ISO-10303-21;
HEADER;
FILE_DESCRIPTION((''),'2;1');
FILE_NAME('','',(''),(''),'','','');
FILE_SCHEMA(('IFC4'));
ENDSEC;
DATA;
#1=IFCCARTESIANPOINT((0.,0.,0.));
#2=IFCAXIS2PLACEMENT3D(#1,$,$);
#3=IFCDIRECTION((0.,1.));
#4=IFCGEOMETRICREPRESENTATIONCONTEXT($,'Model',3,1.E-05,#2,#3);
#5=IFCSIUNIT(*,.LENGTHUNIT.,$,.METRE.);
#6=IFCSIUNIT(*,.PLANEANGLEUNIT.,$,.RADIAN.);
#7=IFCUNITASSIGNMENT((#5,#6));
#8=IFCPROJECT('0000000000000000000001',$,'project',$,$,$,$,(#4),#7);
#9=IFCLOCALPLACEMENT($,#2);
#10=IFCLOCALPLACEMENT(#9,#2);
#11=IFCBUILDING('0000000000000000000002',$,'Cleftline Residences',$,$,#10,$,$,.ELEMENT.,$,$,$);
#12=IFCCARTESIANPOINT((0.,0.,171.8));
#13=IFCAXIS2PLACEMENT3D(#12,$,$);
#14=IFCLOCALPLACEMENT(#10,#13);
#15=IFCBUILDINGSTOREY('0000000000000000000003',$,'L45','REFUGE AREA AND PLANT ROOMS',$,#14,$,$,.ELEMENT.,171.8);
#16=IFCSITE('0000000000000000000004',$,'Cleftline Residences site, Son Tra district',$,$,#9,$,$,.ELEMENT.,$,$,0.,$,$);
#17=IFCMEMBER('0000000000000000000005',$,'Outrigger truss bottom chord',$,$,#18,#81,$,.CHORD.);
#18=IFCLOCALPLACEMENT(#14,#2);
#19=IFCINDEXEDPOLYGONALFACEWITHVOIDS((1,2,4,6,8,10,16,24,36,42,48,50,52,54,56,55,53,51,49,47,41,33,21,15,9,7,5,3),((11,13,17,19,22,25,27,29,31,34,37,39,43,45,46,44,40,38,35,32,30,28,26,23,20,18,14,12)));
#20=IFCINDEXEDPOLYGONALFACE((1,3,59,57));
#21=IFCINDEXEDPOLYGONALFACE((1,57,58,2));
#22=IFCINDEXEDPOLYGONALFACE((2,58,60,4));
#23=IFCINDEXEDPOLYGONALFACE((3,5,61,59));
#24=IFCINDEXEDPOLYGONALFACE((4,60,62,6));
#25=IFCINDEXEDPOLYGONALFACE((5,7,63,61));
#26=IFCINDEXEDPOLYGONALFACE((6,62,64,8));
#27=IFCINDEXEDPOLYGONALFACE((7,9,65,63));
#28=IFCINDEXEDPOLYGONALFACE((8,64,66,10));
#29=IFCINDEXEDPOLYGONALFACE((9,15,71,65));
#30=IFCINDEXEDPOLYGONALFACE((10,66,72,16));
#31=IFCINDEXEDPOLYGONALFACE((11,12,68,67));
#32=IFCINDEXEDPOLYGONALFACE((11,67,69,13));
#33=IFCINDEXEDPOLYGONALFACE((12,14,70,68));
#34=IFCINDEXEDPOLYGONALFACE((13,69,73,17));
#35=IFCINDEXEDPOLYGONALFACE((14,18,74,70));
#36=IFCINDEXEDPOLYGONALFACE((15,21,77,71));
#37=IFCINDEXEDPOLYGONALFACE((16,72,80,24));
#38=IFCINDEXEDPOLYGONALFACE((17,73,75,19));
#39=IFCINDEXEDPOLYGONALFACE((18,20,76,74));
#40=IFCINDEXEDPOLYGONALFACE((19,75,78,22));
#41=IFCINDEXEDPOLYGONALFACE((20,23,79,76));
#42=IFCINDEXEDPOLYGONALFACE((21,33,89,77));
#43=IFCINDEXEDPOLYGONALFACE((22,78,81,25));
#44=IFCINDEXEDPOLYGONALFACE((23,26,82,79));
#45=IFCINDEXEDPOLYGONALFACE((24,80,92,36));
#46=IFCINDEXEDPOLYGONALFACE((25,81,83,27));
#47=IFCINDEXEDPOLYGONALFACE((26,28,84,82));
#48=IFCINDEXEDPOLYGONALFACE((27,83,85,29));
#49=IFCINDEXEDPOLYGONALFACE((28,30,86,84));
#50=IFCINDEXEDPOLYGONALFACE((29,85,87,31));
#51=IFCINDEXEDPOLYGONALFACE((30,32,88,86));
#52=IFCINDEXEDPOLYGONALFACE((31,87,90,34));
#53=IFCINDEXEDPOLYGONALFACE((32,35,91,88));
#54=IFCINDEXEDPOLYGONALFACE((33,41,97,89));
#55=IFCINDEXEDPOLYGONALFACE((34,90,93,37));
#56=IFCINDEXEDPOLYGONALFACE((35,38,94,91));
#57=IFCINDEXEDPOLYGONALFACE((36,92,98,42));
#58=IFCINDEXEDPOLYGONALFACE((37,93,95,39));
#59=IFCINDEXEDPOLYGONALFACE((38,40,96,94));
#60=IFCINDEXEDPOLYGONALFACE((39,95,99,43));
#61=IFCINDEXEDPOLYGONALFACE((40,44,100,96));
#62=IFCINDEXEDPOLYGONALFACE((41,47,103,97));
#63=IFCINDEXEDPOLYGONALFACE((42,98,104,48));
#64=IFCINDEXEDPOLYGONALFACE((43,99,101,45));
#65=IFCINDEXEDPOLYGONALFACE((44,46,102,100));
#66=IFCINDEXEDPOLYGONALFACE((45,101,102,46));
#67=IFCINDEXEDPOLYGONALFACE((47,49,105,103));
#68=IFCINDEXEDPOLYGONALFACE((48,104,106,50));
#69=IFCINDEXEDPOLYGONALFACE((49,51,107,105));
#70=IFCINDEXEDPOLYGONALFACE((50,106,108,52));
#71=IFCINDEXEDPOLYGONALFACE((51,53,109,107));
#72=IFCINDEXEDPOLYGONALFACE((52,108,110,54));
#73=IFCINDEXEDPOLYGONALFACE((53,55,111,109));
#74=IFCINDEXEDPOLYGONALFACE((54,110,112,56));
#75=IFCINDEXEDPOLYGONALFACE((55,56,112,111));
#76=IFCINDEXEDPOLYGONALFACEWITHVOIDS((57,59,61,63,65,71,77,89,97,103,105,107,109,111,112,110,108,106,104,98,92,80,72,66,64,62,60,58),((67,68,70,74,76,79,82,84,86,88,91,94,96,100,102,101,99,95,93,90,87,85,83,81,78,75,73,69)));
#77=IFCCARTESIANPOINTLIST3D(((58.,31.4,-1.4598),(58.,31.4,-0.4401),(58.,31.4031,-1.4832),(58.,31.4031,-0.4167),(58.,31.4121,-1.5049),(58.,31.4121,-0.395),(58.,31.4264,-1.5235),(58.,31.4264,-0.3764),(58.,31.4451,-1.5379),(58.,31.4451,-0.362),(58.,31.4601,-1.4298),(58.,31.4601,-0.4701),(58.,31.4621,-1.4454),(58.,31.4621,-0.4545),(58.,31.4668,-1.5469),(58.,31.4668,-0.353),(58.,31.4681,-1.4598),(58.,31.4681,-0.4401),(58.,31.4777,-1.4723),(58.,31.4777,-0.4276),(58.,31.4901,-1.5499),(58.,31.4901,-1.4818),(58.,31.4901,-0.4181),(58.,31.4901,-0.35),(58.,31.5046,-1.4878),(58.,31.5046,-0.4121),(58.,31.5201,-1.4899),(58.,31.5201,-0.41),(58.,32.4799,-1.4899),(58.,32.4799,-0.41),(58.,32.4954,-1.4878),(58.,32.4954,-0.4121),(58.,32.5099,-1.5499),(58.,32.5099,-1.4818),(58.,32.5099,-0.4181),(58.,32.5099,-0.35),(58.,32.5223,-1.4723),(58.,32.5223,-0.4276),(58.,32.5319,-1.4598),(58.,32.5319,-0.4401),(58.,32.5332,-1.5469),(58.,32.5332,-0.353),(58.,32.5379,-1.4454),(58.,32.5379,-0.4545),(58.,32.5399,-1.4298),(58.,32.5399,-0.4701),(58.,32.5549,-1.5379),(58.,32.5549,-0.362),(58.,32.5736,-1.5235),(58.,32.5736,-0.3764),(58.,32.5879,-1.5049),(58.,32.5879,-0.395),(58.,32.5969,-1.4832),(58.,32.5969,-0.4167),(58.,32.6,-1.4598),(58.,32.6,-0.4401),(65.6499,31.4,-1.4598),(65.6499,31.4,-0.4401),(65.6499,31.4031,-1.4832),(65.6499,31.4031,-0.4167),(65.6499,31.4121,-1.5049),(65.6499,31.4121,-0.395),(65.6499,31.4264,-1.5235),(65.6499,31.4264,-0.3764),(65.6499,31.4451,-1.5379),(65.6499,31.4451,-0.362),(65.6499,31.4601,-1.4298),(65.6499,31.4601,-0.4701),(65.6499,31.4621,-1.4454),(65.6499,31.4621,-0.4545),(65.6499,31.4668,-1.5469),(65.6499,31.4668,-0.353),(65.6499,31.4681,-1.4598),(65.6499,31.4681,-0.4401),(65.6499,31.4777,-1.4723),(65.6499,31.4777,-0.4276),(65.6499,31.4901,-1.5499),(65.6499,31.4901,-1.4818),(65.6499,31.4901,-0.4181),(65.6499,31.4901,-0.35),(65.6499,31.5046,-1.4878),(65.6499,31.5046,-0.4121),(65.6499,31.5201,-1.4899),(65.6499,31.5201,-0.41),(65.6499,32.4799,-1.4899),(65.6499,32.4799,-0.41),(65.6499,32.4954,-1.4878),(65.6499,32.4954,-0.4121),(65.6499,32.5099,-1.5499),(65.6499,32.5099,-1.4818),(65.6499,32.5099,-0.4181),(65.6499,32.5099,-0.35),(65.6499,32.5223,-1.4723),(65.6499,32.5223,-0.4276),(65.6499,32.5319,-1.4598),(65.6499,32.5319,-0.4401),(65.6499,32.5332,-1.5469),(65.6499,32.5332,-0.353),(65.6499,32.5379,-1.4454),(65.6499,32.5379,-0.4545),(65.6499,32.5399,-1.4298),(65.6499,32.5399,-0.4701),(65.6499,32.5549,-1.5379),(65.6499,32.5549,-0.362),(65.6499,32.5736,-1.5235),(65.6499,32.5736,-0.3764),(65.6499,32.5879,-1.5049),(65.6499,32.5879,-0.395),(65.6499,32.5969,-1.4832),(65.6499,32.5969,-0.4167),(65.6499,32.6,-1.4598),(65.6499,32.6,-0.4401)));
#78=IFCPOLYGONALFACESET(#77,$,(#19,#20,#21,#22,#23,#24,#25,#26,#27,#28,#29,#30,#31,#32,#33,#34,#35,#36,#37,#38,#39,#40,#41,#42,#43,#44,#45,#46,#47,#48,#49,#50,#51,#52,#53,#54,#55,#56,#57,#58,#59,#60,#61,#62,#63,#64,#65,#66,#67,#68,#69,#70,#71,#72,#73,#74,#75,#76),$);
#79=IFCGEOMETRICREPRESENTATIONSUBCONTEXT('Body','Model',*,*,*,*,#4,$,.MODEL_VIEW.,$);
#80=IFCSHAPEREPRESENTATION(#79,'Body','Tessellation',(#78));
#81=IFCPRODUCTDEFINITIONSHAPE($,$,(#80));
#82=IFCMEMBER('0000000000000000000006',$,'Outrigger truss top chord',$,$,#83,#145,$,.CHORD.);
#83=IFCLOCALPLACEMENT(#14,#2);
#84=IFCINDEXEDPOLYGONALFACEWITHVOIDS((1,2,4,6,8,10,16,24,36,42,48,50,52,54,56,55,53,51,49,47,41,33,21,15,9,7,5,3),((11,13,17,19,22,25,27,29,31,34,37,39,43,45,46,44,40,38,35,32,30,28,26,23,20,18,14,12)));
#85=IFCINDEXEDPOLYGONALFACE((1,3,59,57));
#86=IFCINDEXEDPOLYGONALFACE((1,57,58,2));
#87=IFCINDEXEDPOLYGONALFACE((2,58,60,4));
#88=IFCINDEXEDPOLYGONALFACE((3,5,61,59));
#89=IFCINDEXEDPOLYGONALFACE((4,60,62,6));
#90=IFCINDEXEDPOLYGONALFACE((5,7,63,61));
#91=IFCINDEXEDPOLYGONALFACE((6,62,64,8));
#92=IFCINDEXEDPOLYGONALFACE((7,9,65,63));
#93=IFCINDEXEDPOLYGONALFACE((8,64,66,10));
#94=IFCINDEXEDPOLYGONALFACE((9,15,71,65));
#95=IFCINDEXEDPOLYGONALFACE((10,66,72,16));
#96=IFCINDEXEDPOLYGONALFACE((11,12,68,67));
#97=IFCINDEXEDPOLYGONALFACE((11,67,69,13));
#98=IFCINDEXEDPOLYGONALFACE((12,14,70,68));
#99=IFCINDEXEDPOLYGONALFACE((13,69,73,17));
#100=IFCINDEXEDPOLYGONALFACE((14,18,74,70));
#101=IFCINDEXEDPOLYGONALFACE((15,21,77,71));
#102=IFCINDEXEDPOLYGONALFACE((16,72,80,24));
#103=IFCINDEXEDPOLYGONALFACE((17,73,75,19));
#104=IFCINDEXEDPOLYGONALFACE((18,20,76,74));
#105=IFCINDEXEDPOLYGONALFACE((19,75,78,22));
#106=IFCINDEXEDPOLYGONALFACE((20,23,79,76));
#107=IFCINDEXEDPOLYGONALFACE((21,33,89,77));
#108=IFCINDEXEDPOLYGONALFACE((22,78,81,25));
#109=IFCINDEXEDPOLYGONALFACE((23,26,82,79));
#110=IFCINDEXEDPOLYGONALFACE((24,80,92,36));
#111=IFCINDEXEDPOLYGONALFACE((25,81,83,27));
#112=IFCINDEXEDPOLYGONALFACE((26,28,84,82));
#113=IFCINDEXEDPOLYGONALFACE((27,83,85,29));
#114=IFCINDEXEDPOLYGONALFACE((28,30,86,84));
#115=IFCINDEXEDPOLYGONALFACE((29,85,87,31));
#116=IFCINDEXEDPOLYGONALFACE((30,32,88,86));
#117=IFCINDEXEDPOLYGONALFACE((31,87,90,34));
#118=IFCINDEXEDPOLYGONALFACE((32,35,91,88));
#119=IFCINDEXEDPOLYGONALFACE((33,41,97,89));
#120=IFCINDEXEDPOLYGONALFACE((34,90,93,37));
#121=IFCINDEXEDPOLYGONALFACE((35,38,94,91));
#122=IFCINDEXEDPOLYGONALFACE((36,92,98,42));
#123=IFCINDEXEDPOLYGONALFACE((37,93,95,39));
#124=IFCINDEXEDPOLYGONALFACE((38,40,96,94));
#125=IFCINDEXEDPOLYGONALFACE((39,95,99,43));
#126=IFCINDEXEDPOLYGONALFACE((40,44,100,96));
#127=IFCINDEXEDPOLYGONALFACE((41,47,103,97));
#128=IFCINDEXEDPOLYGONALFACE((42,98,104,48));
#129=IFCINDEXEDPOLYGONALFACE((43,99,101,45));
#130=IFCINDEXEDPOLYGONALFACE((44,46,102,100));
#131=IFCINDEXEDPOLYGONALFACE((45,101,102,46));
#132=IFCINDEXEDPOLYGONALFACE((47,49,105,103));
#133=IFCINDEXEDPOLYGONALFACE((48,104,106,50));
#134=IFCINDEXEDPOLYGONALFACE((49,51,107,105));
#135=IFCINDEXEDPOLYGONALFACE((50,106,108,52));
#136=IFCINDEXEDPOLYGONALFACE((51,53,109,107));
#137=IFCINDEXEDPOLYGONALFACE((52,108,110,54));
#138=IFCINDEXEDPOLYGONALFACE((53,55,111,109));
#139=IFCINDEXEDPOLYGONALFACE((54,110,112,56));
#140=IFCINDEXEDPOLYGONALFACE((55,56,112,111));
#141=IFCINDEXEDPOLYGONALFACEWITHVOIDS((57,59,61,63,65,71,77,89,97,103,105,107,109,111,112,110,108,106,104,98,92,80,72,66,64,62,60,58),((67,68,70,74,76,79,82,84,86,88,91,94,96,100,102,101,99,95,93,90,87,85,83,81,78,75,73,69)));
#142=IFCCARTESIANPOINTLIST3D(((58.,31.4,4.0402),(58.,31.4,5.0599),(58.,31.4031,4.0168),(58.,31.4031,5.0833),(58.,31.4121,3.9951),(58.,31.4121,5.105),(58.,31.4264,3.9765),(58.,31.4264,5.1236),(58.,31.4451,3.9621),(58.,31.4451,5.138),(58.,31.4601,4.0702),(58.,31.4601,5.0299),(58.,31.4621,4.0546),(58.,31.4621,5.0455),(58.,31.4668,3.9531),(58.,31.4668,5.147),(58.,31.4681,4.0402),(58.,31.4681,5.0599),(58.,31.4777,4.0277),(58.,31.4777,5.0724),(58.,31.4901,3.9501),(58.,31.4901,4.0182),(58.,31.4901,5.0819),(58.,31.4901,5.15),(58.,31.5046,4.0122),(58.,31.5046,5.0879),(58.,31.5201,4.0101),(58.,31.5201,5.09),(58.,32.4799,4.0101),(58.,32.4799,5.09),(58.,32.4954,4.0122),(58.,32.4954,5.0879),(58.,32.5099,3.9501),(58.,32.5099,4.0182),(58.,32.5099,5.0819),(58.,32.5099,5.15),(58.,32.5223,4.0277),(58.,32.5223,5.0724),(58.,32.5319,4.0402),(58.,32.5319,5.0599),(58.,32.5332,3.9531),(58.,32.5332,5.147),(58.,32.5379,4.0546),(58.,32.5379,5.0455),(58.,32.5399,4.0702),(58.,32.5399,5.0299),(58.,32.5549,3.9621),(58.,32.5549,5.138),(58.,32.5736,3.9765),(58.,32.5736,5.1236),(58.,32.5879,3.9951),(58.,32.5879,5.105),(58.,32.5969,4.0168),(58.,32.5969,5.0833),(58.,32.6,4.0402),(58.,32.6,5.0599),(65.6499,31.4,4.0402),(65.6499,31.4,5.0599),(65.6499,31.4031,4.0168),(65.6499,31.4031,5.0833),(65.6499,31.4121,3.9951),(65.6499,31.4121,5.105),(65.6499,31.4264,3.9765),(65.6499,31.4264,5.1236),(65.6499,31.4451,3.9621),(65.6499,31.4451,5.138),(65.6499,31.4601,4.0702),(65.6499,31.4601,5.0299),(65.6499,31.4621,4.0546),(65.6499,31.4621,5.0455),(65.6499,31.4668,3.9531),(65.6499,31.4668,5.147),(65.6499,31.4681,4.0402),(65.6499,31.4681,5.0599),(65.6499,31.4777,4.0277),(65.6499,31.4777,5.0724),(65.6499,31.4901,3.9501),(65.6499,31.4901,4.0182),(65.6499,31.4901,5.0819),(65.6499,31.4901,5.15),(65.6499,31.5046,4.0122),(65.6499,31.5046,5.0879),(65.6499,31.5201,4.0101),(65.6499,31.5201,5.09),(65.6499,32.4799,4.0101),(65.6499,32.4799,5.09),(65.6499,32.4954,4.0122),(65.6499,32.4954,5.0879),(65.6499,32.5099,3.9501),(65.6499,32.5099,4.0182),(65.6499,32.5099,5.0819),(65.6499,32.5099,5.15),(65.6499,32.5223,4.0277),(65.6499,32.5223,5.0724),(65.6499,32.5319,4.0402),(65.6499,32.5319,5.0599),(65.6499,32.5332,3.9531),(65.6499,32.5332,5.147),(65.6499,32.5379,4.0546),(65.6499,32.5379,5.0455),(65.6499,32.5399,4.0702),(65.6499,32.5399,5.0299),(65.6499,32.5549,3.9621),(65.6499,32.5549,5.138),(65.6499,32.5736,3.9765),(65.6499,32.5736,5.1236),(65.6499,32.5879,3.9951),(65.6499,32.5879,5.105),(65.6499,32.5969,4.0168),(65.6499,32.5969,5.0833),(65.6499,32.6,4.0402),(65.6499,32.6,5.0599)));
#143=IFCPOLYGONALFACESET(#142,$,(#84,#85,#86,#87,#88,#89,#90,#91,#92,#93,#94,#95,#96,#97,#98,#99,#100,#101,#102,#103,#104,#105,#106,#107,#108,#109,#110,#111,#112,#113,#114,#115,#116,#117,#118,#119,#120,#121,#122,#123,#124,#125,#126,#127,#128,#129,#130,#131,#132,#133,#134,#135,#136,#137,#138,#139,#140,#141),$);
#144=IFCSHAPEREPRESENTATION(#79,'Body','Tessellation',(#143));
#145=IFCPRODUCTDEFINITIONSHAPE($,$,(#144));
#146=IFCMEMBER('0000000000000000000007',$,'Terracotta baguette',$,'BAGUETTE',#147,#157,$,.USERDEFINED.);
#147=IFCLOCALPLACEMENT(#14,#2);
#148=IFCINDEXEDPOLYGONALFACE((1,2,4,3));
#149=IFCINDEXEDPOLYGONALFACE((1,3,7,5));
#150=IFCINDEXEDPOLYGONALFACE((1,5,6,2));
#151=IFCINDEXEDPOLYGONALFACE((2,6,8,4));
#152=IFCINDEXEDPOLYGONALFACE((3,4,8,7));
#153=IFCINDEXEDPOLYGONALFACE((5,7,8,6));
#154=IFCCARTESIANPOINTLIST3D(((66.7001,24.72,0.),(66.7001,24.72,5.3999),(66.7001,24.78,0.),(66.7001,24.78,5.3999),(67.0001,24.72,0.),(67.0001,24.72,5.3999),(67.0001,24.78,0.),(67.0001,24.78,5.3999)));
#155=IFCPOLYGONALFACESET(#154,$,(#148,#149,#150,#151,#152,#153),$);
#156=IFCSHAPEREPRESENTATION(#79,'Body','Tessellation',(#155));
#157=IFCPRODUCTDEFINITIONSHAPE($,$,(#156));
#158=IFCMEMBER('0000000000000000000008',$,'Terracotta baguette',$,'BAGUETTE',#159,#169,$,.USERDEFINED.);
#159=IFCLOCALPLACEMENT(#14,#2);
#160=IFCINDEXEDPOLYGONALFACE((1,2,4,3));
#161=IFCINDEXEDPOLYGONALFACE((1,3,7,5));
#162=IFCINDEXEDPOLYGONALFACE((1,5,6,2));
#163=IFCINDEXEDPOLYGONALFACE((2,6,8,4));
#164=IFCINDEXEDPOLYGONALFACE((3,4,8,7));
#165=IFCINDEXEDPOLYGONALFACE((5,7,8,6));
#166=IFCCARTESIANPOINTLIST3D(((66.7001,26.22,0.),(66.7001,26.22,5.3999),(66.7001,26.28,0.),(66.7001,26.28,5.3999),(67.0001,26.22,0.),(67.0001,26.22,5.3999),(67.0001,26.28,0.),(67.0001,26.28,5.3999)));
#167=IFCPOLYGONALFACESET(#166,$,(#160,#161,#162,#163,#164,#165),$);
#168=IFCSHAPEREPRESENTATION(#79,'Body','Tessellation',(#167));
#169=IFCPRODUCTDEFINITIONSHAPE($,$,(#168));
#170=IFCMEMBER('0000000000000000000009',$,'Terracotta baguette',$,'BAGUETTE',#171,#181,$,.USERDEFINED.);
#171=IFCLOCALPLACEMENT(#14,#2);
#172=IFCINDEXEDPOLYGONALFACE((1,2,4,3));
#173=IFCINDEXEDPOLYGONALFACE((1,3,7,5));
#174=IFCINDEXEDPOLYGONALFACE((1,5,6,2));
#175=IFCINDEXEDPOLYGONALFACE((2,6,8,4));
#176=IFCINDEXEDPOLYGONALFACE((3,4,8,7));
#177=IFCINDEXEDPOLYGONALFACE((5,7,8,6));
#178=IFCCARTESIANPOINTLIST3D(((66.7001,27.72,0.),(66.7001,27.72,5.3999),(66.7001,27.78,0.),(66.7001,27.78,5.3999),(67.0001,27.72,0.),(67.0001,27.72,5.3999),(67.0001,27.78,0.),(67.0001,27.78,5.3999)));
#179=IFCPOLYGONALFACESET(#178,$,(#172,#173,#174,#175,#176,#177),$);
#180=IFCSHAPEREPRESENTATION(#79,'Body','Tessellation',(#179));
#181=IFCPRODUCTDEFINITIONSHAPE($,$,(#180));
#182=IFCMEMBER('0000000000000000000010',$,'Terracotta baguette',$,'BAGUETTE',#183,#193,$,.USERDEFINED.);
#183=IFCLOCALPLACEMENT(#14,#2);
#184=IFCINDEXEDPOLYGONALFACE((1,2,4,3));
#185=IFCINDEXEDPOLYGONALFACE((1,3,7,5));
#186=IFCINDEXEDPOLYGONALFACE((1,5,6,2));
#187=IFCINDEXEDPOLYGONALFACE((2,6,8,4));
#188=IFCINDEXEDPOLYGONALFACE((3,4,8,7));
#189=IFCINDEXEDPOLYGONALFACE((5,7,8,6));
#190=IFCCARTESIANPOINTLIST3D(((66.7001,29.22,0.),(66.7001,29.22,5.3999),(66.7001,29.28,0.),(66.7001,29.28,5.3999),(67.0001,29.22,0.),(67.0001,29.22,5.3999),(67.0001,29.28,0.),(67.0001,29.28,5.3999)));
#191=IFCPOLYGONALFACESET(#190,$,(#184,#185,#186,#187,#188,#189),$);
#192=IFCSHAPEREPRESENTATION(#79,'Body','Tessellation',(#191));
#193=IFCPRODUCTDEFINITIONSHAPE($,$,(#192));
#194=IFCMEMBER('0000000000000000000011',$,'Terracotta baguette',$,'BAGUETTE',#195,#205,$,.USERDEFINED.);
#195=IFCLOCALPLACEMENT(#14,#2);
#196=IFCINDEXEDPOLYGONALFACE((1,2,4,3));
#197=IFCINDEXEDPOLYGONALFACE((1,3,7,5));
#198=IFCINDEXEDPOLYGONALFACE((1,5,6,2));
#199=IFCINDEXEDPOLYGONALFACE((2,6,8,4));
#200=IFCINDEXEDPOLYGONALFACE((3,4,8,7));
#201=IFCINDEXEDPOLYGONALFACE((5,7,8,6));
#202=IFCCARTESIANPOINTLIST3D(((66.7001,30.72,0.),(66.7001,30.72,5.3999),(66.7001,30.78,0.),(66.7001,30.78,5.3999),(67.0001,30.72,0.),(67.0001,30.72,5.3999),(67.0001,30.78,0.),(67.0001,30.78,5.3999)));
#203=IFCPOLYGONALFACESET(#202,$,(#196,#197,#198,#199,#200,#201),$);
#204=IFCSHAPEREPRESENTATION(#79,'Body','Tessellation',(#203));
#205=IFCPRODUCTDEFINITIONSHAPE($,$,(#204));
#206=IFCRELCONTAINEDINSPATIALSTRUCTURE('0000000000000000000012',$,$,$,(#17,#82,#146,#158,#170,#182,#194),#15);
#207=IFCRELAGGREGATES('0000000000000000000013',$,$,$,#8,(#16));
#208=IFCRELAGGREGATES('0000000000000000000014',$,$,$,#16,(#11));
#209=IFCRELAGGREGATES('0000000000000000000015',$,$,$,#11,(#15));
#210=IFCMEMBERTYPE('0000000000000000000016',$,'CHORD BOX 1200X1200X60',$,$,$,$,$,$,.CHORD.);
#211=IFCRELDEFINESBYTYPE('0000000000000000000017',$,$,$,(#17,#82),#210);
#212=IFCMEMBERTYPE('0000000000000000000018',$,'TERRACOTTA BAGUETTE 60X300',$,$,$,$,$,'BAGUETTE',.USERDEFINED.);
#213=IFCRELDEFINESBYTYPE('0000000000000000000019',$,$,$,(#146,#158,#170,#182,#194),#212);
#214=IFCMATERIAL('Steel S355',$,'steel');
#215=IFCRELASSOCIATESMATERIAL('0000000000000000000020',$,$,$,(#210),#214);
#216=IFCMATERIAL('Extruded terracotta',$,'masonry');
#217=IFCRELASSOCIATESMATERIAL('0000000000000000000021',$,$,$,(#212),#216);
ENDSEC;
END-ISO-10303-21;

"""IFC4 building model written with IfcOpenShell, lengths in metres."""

from ifc_helpers import new_model, si_unit, direction, frame, origin, origin_2d, place, context, subcontext, project, spatial, rectangle, hollow_rectangle, extrude, material, material_profile, profile_set, type_object, element, save


model = new_model("IFC4")

# Units and contexts
model_context = context("Model", 3, precision=1e-05, world=origin(), true_north=direction((0.0, 1.0)))
body_context = subcontext(model_context, "Body", "Model", "MODEL_VIEW")
ifc_project = project(units=[si_unit("LENGTHUNIT", "METRE"), si_unit("PLANEANGLEUNIT", "RADIAN")], contexts=[model_context])

# Site, building, storey
site_placement = place(None, origin())
site = spatial("IfcSite", under=ifc_project, at=site_placement, Name="Cleftline Residences site, Son Tra district", CompositionType="ELEMENT", RefElevation=0.0)
building_placement = place(site_placement, origin())
building = spatial("IfcBuilding", under=site, at=building_placement, Name="Cleftline Residences", CompositionType="ELEMENT")
storey_placement = place(building_placement, frame((0.0, 0.0, 171.8)))
storey = spatial("IfcBuildingStorey", under=building, at=storey_placement, Name="L45", Description="REFUGE AREA AND PLANT ROOMS", CompositionType="ELEMENT", Elevation=171.8)

# Members
ifc_material_1 = material(Name="Steel S355", Category="steel")
ifc_material_profile_1 = material_profile(ifc_material_1, hollow_rectangle(XDim=1.2, YDim=1.2, WallThickness=0.0601, InnerFilletRadius=0.0601, OuterFilletRadius=0.0901, at=origin_2d()))
ifc_profile_set_1 = profile_set([ifc_material_profile_1], Name="Steel S355")
member_type_1 = type_object("IfcMemberType", Name="CHORD BOX 1200X1200X60", PredefinedType="CHORD", material=ifc_profile_set_1)
for number, where, z_axis, x_axis, name in (
    (1, (58.0, 32.0, -0.95), (1.0, 0.0, 0.0), (0.0, 1.0, 0.0), "Outrigger truss bottom chord"),
    (2, (58.0, 32.0, 4.55), (1.0, 0.0, 0.0), (0.0, 1.0, 0.0), "Outrigger truss top chord"),
):
    element("IfcMember", number, at=place(storey_placement, frame(where, z_axis=z_axis, x_axis=x_axis)), inside=storey, type_object=member_type_1, Name=name, PredefinedType="CHORD", context=body_context, shape_type="SweptSolid", body=[
        extrude(hollow_rectangle(XDim=1.2, YDim=1.2, WallThickness=0.0601, InnerFilletRadius=0.0601, OuterFilletRadius=0.0901, at=origin_2d()), origin(), (0.0, 0.0, 1.0), 7.6499),
    ])
ifc_material_2 = material(Name="Extruded terracotta", Category="masonry")
ifc_material_profile_2 = material_profile(ifc_material_2, rectangle(XDim=0.0601, YDim=0.3, at=origin_2d()))
ifc_profile_set_2 = profile_set([ifc_material_profile_2], Name="Extruded terracotta")
member_type_2 = type_object("IfcMemberType", Name="TERRACOTTA BAGUETTE 60X300", ElementType="BAGUETTE", PredefinedType="USERDEFINED", material=ifc_profile_set_2)
for number, where, z_axis, x_axis, name in (
    (3, (66.8501, 24.75, 0.0), (0.0, 0.0, 1.0), (0.0, 1.0, 0.0), "Terracotta baguette"),
    (4, (66.8501, 26.25, 0.0), (0.0, 0.0, 1.0), (0.0, 1.0, 0.0), "Terracotta baguette"),
    (5, (66.8501, 27.75, 0.0), (0.0, 0.0, 1.0), (0.0, 1.0, 0.0), "Terracotta baguette"),
    (6, (66.8501, 29.25, 0.0), (0.0, 0.0, 1.0), (0.0, 1.0, 0.0), "Terracotta baguette"),
    (7, (66.8501, 30.75, 0.0), (0.0, 0.0, 1.0), (0.0, 1.0, 0.0), "Terracotta baguette"),
):
    element("IfcMember", number, at=place(storey_placement, frame(where, z_axis=z_axis, x_axis=x_axis)), inside=storey, type_object=member_type_2, Name=name, ObjectType="BAGUETTE", PredefinedType="USERDEFINED", context=body_context, shape_type="SweptSolid", body=[
        extrude(rectangle(XDim=0.0601, YDim=0.3, at=origin_2d()), origin(), (0.0, 0.0, 1.0), 5.3999),
    ])

save(model, "model.ifc")
